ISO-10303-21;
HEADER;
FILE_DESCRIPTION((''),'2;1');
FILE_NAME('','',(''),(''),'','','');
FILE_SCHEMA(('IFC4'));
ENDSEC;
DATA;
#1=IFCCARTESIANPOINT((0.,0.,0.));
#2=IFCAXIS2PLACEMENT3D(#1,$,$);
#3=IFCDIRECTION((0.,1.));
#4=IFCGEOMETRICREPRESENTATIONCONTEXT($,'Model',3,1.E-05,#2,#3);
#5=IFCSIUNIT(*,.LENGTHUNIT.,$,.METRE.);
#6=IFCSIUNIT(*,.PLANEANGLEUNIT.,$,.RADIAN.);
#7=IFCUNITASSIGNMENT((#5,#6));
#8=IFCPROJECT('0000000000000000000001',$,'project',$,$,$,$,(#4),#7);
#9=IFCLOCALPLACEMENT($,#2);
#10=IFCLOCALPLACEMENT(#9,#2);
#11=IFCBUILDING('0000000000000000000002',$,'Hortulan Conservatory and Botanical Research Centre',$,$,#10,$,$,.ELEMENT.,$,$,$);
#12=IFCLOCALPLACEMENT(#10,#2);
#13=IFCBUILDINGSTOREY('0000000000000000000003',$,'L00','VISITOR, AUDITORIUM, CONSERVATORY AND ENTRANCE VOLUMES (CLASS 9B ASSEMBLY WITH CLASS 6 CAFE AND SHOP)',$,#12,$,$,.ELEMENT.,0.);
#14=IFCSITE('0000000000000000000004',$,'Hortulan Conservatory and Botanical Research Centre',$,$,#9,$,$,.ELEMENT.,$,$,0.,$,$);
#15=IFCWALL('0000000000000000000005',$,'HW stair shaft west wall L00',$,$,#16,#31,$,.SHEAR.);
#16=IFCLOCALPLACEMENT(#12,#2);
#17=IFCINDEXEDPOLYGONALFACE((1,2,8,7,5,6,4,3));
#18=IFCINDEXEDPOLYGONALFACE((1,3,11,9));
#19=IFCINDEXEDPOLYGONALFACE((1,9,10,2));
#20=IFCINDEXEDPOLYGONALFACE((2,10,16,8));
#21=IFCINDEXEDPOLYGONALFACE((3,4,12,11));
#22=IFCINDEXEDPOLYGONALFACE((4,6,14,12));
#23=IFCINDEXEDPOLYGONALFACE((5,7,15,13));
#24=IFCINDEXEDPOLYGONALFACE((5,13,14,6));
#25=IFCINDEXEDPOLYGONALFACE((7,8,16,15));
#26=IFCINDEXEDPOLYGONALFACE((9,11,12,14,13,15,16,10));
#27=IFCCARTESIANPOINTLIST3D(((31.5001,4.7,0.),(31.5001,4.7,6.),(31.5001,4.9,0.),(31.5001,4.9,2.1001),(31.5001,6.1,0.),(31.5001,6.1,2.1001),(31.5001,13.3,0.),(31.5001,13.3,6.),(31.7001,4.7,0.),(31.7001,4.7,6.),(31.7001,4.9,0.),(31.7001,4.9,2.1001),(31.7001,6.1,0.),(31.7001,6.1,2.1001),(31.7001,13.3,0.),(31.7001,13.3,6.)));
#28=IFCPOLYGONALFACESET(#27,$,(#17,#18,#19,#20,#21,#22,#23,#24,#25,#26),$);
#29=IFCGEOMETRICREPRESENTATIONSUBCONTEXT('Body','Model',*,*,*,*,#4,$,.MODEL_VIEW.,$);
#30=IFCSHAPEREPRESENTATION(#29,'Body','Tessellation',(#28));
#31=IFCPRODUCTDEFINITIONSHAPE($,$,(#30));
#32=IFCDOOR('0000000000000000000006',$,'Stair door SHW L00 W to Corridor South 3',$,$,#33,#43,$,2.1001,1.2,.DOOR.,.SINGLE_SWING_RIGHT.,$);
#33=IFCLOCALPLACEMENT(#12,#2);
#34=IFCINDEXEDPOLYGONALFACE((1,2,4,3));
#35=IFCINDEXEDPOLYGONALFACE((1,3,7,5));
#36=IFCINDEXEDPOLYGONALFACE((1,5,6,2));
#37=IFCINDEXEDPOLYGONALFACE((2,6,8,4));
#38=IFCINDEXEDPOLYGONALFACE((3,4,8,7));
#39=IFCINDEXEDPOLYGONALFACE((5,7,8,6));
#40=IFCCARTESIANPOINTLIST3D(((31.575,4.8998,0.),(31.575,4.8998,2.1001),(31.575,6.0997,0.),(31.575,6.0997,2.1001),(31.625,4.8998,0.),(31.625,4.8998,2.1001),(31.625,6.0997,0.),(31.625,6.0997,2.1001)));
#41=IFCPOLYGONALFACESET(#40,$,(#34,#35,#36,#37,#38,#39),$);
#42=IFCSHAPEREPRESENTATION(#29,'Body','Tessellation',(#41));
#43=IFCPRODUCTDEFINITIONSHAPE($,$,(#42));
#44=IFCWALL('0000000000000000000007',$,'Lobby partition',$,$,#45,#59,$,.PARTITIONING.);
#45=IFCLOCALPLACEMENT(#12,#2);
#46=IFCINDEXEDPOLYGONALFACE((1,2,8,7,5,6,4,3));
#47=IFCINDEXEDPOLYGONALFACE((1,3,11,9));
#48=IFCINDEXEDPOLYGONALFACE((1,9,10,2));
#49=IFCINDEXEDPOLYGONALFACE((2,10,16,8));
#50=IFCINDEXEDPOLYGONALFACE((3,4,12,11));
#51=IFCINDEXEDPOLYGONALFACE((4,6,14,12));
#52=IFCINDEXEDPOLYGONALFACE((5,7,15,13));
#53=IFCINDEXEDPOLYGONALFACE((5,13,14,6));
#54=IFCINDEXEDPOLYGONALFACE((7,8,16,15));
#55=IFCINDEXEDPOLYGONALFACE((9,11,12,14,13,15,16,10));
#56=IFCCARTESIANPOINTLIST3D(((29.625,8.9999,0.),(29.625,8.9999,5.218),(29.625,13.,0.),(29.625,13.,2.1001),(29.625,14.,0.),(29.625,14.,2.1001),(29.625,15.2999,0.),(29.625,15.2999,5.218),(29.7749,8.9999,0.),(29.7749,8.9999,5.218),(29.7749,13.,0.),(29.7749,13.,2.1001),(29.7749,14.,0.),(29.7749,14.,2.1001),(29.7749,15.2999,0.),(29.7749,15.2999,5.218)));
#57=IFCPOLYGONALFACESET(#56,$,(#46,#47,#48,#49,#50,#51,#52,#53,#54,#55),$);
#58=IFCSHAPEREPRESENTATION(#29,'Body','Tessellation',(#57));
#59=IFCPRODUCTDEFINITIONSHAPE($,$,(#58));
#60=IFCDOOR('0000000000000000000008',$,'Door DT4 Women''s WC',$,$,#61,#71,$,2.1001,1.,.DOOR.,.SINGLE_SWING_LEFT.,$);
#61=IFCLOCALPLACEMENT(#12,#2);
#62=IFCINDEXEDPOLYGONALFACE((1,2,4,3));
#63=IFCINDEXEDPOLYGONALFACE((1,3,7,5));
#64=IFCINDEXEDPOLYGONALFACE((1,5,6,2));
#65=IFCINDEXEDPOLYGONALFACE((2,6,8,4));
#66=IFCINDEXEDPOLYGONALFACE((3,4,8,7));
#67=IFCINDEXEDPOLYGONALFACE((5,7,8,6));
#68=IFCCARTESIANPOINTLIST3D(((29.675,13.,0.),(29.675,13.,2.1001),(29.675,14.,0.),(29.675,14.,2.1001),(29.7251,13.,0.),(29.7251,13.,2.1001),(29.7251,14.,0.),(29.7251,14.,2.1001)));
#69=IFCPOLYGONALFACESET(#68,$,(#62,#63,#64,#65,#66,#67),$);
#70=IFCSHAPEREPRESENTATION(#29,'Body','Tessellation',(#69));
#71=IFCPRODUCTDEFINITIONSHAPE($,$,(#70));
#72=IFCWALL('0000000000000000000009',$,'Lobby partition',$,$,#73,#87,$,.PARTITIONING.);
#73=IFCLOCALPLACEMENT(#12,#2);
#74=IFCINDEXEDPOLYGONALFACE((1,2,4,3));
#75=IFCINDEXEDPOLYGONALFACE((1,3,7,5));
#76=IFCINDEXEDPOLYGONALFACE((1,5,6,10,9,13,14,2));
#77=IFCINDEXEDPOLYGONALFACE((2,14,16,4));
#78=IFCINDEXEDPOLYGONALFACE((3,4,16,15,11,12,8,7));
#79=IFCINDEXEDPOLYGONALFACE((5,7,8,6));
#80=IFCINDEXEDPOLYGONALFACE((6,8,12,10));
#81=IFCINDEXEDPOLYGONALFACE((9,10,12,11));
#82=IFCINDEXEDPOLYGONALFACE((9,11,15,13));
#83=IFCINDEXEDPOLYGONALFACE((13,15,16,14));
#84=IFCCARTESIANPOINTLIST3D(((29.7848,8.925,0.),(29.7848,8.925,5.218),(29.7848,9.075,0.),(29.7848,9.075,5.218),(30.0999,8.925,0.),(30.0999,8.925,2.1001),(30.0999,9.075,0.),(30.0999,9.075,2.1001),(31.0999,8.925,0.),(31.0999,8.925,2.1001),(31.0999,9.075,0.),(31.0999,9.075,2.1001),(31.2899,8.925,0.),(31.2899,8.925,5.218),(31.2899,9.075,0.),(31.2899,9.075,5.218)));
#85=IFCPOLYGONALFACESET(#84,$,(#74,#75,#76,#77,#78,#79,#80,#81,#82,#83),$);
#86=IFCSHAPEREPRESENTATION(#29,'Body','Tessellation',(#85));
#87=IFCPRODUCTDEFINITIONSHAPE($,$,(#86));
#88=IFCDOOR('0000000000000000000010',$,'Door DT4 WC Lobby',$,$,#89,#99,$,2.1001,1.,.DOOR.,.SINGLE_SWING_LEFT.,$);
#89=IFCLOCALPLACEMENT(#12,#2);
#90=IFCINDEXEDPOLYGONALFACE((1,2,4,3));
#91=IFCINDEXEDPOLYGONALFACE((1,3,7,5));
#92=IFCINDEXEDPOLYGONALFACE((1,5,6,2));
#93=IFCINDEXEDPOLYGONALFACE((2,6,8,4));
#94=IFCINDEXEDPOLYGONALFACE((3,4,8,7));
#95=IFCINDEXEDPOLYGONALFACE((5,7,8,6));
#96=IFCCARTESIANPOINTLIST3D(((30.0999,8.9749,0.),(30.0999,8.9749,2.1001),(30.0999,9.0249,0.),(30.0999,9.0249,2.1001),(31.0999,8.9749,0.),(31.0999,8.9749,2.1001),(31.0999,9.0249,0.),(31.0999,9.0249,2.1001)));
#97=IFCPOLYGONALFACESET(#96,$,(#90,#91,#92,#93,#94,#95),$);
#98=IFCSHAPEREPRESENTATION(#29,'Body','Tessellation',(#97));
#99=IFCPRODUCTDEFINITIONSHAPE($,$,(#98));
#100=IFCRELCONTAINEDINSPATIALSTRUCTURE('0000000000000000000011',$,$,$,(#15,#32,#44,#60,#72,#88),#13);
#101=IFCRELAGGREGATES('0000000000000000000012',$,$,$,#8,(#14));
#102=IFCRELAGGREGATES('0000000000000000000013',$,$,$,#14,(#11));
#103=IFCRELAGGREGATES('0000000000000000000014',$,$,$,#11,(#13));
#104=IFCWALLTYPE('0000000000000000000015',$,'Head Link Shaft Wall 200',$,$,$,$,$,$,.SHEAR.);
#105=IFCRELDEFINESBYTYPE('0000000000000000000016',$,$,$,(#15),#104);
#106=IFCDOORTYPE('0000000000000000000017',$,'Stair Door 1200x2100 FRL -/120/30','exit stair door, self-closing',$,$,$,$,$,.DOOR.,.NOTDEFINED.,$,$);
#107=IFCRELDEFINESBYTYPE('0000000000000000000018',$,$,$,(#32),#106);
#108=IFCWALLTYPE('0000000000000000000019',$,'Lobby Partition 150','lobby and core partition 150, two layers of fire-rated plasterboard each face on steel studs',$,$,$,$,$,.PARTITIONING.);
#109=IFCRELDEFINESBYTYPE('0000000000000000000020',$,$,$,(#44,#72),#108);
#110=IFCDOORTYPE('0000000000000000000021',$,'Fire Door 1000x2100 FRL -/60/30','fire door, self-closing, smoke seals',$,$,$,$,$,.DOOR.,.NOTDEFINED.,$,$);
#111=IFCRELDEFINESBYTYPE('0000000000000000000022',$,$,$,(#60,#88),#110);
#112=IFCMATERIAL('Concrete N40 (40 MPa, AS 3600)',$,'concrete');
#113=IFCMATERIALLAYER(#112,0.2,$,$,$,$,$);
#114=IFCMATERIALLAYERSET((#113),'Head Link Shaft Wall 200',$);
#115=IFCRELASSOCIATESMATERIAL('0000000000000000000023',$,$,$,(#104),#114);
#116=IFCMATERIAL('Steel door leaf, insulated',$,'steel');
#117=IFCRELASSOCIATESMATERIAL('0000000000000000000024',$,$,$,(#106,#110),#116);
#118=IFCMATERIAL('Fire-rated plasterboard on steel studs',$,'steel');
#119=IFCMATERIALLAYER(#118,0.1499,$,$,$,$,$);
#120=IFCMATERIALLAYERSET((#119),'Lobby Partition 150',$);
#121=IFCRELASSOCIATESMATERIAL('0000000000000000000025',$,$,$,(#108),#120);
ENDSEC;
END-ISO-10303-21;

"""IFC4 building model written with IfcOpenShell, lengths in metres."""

from ifc_helpers import new_model, si_unit, direction, frame, frame_2d, origin, place, context, subcontext, project, spatial, rectangle, extrude, material, layer, layer_set, type_object, element, fill, save


model = new_model("IFC4")

# Units and contexts
model_context = context("Model", 3, precision=1e-05, world=origin(), true_north=direction((0.0, 1.0)))
body_context = subcontext(model_context, "Body", "Model", "MODEL_VIEW")
ifc_project = project(units=[si_unit("LENGTHUNIT", "METRE"), si_unit("PLANEANGLEUNIT", "RADIAN")], contexts=[model_context])

# Site, building, storey
site_placement = place(None, origin())
site = spatial("IfcSite", under=ifc_project, at=site_placement, Name="Hortulan Conservatory and Botanical Research Centre", CompositionType="ELEMENT", RefElevation=0.0)
building_placement = place(site_placement, origin())
building = spatial("IfcBuilding", under=site, at=building_placement, Name="Hortulan Conservatory and Botanical Research Centre", CompositionType="ELEMENT")
storey_placement = place(building_placement, origin())
storey = spatial("IfcBuildingStorey", under=building, at=storey_placement, Name="L00", Description="VISITOR, AUDITORIUM, CONSERVATORY AND ENTRANCE VOLUMES (CLASS 9B ASSEMBLY WITH CLASS 6 CAFE AND SHOP)", CompositionType="ELEMENT", Elevation=0.0)

# Shared definitions
ifc_material_1 = material(Name="Concrete N40 (40 MPa, AS 3600)", Category="concrete")
ifc_layer_1 = layer(ifc_material_1, 0.2)
ifc_layer_set_1 = layer_set([ifc_layer_1], Name="Head Link Shaft Wall 200")
wall_type_1 = type_object("IfcWallType", Name="Head Link Shaft Wall 200", PredefinedType="SHEAR", material=ifc_layer_set_1)

# Walls, openings, doors
wall_1_placement = place(storey_placement, frame((31.6001, 4.7, 0.0), z_axis=(0.0, 0.0, 1.0), x_axis=(0.0, 1.0, 0.0)))
wall_1 = element("IfcWall", 1, at=wall_1_placement, inside=storey, type_object=wall_type_1, Name="HW stair shaft west wall L00", PredefinedType="SHEAR", context=body_context, shape_type="SweptSolid", body=[
    extrude(rectangle(XDim=8.6001, YDim=0.2, at=frame_2d((4.3, 0.0))), origin(), (0.0, 0.0, 1.0), 6.0),
])
opening_1_placement = place(wall_1_placement, frame((0.2, 0.0, 0.0)))
opening_1 = element("IfcOpeningElement", 2, at=opening_1_placement, cuts=wall_1, PredefinedType="OPENING", context=body_context, shape_type="SweptSolid", body=[
    extrude(rectangle(XDim=1.2, YDim=2.1001, at=frame_2d((0.6001, 1.05))), frame((0.0, 0.1099, 0.0), z_axis=(0.0, -1.0, 0.0), x_axis=(1.0, 0.0, 0.0)), (0.0, 0.0, 1.0), 0.22),
])
ifc_material_2 = material(Name="Steel door leaf, insulated", Category="steel")
door_type_1 = type_object("IfcDoorType", Name="Stair Door 1200x2100 FRL -/120/30", Description="exit stair door, self-closing", OperationType="NOTDEFINED", PredefinedType="DOOR", material=ifc_material_2)
door_1_placement = place(opening_1_placement, frame((1.2, 0.0, 0.0), z_axis=(0.0, 0.0, 1.0), x_axis=(-1.0, 0.0, 0.0)))
door_1 = element("IfcDoor", 3, at=door_1_placement, inside=storey, type_object=door_type_1, Name="Stair door SHW L00 W to Corridor South 3", OperationType="SINGLE_SWING_RIGHT", OverallHeight=2.1001, OverallWidth=1.2, PredefinedType="DOOR", context=body_context, shape_type="SweptSolid", body=[
    extrude(rectangle(XDim=1.2, YDim=2.1001, at=frame_2d((0.6001, 1.05))), frame((0.0, 0.0249, 0.0), z_axis=(0.0, -1.0, 0.0), x_axis=(1.0, 0.0, 0.0)), (0.0, 0.0, 1.0), 0.05),
])
fill(opening_1, door_1)
ifc_material_3 = material(Name="Fire-rated plasterboard on steel studs", Category="steel")
ifc_layer_2 = layer(ifc_material_3, 0.1499)
ifc_layer_set_2 = layer_set([ifc_layer_2], Name="Lobby Partition 150")
wall_type_2 = type_object("IfcWallType", Name="Lobby Partition 150", Description="lobby and core partition 150, two layers of fire-rated plasterboard each face on steel studs", PredefinedType="PARTITIONING", material=ifc_layer_set_2)
wall_2_placement = place(storey_placement, frame((29.7, 9.0, 0.0), z_axis=(0.0, 0.0, 1.0), x_axis=(0.0, 1.0, 0.0)))
wall_2 = element("IfcWall", 4, at=wall_2_placement, inside=storey, type_object=wall_type_2, Name="Lobby partition", PredefinedType="PARTITIONING", context=body_context, shape_type="SweptSolid", body=[
    extrude(rectangle(XDim=6.3, YDim=0.1499, at=frame_2d((3.1499, 0.0))), origin(), (0.0, 0.0, 1.0), 5.218),
])
opening_2_placement = place(wall_2_placement, frame((4.0, 0.0, 0.0)))
opening_2 = element("IfcOpeningElement", 5, at=opening_2_placement, cuts=wall_2, PredefinedType="OPENING", context=body_context, shape_type="SweptSolid", body=[
    extrude(rectangle(XDim=1.0, YDim=2.1001, at=frame_2d((0.5, 1.05))), frame((0.0, 0.085, 0.0), z_axis=(0.0, -1.0, 0.0), x_axis=(1.0, 0.0, 0.0)), (0.0, 0.0, 1.0), 0.1699),
])
door_type_2 = type_object("IfcDoorType", Name="Fire Door 1000x2100 FRL -/60/30", Description="fire door, self-closing, smoke seals", OperationType="NOTDEFINED", PredefinedType="DOOR", material=ifc_material_2)
door_2_placement = place(opening_2_placement, origin())
door_2 = element("IfcDoor", 6, at=door_2_placement, inside=storey, type_object=door_type_2, Name="Door DT4 Women's WC", OperationType="SINGLE_SWING_LEFT", OverallHeight=2.1001, OverallWidth=1.0, PredefinedType="DOOR", context=body_context, shape_type="SweptSolid", body=[
    extrude(rectangle(XDim=1.0, YDim=2.1001, at=frame_2d((0.5, 1.05))), frame((0.0, 0.0249, 0.0), z_axis=(0.0, -1.0, 0.0), x_axis=(1.0, 0.0, 0.0)), (0.0, 0.0, 1.0), 0.05),
])
fill(opening_2, door_2)
wall_3_placement = place(storey_placement, frame((29.7849, 9.0, 0.0), z_axis=(0.0, 0.0, 1.0), x_axis=(1.0, 0.0, 0.0)))
wall_3 = element("IfcWall", 7, at=wall_3_placement, inside=storey, type_object=wall_type_2, Name="Lobby partition", PredefinedType="PARTITIONING", context=body_context, shape_type="SweptSolid", body=[
    extrude(rectangle(XDim=1.5051, YDim=0.1499, at=frame_2d((0.7524, 0.0))), origin(), (0.0, 0.0, 1.0), 5.218),
])
opening_3_placement = place(wall_3_placement, frame((0.3149, 0.0, 0.0)))
opening_3 = element("IfcOpeningElement", 8, at=opening_3_placement, cuts=wall_3, PredefinedType="OPENING", context=body_context, shape_type="SweptSolid", body=[
    extrude(rectangle(XDim=1.0, YDim=2.1001, at=frame_2d((0.5, 1.05))), frame((0.0, 0.085, 0.0), z_axis=(0.0, -1.0, 0.0), x_axis=(1.0, 0.0, 0.0)), (0.0, 0.0, 1.0), 0.1699),
])
door_3_placement = place(opening_3_placement, origin())
door_3 = element("IfcDoor", 9, at=door_3_placement, inside=storey, type_object=door_type_2, Name="Door DT4 WC Lobby", OperationType="SINGLE_SWING_LEFT", OverallHeight=2.1001, OverallWidth=1.0, PredefinedType="DOOR", context=body_context, shape_type="SweptSolid", body=[
    extrude(rectangle(XDim=1.0, YDim=2.1001, at=frame_2d((0.5, 1.05))), frame((0.0, 0.0249, 0.0), z_axis=(0.0, -1.0, 0.0), x_axis=(1.0, 0.0, 0.0)), (0.0, 0.0, 1.0), 0.05),
])
fill(opening_3, door_3)

save(model, "model.ifc")
